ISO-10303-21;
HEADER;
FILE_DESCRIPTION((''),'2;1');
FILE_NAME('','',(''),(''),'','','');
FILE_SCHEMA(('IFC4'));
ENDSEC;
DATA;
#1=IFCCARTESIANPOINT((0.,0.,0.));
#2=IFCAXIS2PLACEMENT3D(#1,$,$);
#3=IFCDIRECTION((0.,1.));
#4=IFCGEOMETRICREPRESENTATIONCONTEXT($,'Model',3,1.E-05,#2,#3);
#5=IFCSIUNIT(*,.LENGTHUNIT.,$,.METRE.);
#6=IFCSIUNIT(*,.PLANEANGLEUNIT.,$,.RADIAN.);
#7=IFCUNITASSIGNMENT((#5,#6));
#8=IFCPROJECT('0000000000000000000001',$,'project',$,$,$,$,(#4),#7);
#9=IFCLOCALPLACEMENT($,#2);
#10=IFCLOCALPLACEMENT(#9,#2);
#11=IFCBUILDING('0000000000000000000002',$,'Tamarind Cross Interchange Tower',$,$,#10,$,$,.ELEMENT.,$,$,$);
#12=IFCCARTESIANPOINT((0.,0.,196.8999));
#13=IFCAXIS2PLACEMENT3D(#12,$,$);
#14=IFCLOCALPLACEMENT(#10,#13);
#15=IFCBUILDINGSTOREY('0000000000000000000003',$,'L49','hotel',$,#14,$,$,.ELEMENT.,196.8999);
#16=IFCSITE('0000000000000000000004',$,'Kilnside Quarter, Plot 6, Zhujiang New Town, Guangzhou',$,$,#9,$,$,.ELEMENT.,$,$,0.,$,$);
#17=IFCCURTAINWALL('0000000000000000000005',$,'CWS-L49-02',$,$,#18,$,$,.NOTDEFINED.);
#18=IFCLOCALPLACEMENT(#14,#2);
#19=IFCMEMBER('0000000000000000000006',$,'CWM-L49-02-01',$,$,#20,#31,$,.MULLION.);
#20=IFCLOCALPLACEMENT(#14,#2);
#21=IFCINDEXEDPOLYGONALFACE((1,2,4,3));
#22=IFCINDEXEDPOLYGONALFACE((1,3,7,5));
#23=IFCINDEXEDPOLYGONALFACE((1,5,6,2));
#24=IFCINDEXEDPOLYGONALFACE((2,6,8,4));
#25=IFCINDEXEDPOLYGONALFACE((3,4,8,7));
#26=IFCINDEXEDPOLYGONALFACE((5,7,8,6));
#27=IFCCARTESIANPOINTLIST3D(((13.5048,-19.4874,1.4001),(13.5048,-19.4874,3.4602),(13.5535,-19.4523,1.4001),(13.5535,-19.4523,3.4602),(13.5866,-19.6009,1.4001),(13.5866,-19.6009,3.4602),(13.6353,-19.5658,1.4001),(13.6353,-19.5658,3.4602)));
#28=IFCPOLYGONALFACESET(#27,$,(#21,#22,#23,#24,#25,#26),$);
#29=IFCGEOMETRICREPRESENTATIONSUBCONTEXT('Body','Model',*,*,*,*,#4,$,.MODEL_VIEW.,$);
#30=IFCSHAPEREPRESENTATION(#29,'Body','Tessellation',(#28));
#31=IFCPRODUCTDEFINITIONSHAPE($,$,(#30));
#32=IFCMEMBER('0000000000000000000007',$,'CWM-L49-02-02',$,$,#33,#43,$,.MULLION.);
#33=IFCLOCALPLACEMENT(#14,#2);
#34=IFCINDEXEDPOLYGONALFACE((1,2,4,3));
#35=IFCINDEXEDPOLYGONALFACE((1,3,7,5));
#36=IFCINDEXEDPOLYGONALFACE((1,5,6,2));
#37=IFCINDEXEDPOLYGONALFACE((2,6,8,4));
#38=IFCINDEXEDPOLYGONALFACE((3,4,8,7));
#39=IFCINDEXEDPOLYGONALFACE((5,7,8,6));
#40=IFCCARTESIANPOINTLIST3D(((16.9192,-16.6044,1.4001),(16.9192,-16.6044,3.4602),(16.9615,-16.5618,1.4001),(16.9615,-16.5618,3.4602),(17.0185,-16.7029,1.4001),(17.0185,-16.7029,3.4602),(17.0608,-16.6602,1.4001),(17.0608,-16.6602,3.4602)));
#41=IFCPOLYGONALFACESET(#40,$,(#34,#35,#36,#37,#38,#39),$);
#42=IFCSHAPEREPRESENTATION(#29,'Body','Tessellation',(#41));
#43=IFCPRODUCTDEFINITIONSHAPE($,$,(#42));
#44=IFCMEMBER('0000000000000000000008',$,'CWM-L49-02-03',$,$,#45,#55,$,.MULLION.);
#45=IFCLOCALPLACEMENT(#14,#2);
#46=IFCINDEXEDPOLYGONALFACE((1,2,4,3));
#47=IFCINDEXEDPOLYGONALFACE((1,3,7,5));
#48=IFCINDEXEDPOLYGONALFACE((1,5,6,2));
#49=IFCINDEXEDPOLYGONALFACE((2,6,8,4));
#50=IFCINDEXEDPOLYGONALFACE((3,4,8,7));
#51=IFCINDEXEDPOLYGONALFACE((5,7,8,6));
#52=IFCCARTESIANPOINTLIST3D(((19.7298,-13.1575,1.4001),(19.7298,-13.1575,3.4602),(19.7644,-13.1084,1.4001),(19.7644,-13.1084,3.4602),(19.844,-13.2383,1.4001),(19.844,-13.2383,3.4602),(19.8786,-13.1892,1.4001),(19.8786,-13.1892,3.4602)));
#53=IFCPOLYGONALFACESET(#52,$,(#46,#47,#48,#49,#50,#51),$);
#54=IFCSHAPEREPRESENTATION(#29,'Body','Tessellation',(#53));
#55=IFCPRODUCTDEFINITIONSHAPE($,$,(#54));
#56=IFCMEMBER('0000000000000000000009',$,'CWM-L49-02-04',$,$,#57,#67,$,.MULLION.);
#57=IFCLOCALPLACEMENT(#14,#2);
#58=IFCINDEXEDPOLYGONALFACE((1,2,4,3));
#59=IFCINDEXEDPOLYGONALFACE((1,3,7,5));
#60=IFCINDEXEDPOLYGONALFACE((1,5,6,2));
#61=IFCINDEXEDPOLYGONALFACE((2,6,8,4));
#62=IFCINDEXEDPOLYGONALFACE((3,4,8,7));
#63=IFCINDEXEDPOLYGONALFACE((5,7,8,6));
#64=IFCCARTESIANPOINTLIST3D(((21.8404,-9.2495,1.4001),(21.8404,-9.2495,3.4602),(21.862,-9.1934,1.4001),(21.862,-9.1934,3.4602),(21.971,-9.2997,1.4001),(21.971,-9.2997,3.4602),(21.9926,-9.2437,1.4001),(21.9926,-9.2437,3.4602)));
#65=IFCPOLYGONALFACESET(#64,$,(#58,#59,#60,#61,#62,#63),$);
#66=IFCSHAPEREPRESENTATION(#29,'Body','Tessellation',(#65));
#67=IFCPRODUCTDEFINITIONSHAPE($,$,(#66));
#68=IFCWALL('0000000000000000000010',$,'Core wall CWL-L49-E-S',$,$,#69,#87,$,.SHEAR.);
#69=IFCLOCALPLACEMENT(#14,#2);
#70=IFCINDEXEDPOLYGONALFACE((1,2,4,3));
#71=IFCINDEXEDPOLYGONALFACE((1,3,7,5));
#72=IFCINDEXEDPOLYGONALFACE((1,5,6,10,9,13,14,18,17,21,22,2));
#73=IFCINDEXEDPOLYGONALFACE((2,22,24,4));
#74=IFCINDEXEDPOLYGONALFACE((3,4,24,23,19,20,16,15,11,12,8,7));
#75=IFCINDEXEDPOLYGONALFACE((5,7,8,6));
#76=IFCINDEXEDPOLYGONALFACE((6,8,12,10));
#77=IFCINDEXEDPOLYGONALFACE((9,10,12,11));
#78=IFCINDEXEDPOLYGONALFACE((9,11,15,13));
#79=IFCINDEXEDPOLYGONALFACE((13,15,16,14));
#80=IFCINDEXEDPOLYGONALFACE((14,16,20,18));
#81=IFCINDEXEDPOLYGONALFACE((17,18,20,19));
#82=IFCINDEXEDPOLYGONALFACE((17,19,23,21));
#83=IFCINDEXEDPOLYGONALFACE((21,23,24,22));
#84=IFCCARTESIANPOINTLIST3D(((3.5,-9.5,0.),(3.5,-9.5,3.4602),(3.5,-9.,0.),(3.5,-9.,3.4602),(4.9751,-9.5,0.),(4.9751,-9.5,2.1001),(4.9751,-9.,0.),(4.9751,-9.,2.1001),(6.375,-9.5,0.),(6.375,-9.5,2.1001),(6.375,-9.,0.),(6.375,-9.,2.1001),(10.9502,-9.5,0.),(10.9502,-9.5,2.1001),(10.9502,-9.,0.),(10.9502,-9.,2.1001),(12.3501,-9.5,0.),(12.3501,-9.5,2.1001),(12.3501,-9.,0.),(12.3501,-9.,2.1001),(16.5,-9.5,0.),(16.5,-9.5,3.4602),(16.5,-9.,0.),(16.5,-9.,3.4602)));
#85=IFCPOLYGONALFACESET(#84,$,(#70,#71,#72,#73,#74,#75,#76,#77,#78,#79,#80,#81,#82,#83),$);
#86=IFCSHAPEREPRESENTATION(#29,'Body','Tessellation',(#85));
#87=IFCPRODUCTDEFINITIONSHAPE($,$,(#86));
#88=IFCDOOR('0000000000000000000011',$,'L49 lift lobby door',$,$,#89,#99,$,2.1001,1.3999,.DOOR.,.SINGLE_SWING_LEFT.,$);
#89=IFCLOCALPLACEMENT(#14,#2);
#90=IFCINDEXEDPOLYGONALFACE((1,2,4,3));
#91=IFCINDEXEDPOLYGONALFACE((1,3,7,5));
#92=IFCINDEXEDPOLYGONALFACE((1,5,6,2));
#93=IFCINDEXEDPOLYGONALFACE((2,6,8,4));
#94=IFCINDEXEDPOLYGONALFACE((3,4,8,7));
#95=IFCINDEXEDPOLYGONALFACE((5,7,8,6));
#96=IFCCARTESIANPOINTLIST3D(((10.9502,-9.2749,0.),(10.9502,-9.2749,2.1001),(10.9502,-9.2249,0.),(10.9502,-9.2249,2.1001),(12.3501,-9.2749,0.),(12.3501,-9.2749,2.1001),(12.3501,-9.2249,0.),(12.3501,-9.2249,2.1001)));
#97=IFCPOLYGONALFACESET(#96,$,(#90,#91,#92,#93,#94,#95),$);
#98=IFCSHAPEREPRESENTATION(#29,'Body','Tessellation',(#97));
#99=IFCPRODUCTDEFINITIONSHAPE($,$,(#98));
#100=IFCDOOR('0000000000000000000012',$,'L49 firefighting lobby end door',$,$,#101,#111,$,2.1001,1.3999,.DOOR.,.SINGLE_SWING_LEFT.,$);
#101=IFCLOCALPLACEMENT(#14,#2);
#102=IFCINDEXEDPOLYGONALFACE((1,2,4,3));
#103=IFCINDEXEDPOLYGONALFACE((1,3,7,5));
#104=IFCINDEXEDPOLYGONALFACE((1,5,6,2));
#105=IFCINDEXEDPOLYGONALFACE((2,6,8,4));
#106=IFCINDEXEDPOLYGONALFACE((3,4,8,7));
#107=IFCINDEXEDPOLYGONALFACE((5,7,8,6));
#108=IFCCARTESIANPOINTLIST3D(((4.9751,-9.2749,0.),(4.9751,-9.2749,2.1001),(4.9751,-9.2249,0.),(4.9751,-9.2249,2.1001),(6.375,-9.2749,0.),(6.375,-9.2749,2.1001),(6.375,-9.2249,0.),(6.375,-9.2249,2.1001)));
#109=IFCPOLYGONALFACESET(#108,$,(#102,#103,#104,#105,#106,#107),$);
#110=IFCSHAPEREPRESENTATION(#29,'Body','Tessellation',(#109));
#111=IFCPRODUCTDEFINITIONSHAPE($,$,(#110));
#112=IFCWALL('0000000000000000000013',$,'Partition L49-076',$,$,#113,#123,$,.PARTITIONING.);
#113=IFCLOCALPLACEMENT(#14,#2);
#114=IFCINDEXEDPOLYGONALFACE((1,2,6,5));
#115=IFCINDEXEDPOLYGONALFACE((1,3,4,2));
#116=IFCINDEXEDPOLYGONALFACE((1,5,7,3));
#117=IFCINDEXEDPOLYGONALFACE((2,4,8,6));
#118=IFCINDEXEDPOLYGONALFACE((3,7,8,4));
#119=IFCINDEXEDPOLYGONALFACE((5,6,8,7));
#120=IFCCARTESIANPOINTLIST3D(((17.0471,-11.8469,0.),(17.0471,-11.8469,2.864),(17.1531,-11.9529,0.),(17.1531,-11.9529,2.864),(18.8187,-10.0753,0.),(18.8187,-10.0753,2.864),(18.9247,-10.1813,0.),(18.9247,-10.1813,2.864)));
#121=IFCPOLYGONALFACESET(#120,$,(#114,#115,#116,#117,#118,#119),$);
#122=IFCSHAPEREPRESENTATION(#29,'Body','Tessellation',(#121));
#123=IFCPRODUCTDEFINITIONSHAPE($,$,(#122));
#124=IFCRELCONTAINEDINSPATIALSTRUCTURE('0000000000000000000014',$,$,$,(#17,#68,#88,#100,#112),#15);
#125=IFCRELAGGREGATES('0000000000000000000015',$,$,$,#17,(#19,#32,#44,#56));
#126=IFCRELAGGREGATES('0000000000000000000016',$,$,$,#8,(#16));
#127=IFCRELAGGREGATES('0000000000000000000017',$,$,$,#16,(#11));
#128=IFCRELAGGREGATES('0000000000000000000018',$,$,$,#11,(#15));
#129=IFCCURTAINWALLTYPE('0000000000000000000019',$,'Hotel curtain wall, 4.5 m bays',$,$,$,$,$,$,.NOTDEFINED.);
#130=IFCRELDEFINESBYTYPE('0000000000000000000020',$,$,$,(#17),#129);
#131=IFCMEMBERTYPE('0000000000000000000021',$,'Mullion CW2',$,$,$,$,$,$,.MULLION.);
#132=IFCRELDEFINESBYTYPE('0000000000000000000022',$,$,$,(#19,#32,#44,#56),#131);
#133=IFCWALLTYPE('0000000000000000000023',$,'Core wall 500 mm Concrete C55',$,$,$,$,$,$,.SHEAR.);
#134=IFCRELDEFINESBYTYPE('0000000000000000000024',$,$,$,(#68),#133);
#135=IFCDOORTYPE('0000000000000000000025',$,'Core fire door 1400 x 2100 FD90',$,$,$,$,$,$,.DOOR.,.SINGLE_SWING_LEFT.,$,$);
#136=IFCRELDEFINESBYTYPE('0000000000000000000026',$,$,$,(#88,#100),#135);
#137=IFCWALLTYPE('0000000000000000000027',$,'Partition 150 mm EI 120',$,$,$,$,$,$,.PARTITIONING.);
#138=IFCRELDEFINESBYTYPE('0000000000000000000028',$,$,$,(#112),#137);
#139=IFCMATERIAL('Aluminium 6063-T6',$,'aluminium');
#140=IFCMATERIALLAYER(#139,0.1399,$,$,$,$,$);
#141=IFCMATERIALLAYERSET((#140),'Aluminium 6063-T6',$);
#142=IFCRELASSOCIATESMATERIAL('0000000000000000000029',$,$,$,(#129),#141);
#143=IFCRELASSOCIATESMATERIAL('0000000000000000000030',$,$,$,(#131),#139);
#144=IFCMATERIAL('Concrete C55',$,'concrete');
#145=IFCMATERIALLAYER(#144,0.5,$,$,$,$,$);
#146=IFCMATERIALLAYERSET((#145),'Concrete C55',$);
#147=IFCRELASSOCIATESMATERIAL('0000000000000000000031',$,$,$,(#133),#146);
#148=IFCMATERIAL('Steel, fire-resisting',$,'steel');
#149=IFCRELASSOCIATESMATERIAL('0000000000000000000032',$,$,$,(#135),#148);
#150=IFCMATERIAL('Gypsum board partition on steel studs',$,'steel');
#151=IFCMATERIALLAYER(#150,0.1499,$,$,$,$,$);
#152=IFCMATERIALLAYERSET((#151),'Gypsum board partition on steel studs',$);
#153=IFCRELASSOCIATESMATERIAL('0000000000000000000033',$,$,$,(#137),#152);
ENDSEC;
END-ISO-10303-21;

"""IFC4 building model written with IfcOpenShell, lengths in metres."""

from ifc_helpers import new_model, si_unit, direction, frame, frame_2d, origin, origin_2d, place, context, subcontext, project, spatial, rectangle, extrude, material, layer, layer_set, material_profile, profile_set, type_object, element, fill, aggregate, save


model = new_model("IFC4")

# Units and contexts
model_context = context("Model", 3, precision=1e-05, world=origin(), true_north=direction((0.0, 1.0)))
body_context = subcontext(model_context, "Body", "Model", "MODEL_VIEW")
ifc_project = project(units=[si_unit("LENGTHUNIT", "METRE"), si_unit("PLANEANGLEUNIT", "RADIAN")], contexts=[model_context])

# Site, building, storey
site_placement = place(None, origin())
site = spatial("IfcSite", under=ifc_project, at=site_placement, Name="Kilnside Quarter, Plot 6, Zhujiang New Town, Guangzhou", CompositionType="ELEMENT", RefElevation=0.0)
building_placement = place(site_placement, origin())
building = spatial("IfcBuilding", under=site, at=building_placement, Name="Tamarind Cross Interchange Tower", CompositionType="ELEMENT")
storey_placement = place(building_placement, frame((0.0, 0.0, 196.8999)))
storey = spatial("IfcBuildingStorey", under=building, at=storey_placement, Name="L49", Description="hotel", CompositionType="ELEMENT", Elevation=196.8999)

# Shared definitions
ifc_material_1 = material(Name="Concrete C55", Category="concrete")

# Curtain wall, members
ifc_material_2 = material(Name="Aluminium 6063-T6", Category="aluminium")
ifc_layer_1 = layer(ifc_material_2, 0.1399)
ifc_layer_set_1 = layer_set([ifc_layer_1], Name="Aluminium 6063-T6")
curtain_wall_type = type_object("IfcCurtainWallType", Name="Hotel curtain wall, 4.5 m bays", PredefinedType="NOTDEFINED", material=ifc_layer_set_1)
curtain_wall_placement = place(storey_placement, origin())
curtain_wall = element("IfcCurtainWall", 1, at=curtain_wall_placement, inside=storey, type_object=curtain_wall_type, Name="CWS-L49-02", PredefinedType="NOTDEFINED")
ifc_material_profile_1 = material_profile(ifc_material_2, rectangle(XDim=0.0601, YDim=0.1399, at=origin_2d()), Name="Mullion CW2")
ifc_profile_set_1 = profile_set([ifc_material_profile_1], Name="Aluminium 6063-T6")
member_type = type_object("IfcMemberType", Name="Mullion CW2", PredefinedType="MULLION", material=ifc_profile_set_1)
member_1_placement = place(storey_placement, frame((13.5701, -19.5266, 1.4001), z_axis=(0.0, 0.0, 1.0), x_axis=(0.811294, 0.584638, 0.0)))
member_1 = element("IfcMember", 2, at=member_1_placement, type_object=member_type, Name="CWM-L49-02-01", PredefinedType="MULLION", context=body_context, shape_type="SweptSolid", body=[
    extrude(rectangle(XDim=0.0601, YDim=0.1399, at=origin_2d()), origin(), (0.0, 0.0, 1.0), 2.0601),
])
member_2_placement = place(storey_placement, frame((16.99, -16.6323, 1.4001), z_axis=(0.0, 0.0, 1.0), x_axis=(0.704057, 0.710143, 0.0)))
member_2 = element("IfcMember", 3, at=member_2_placement, type_object=member_type, Name="CWM-L49-02-02", PredefinedType="MULLION", context=body_context, shape_type="SweptSolid", body=[
    extrude(rectangle(XDim=0.0601, YDim=0.1399, at=origin_2d()), origin(), (0.0, 0.0, 1.0), 2.0601),
])
member_3_placement = place(storey_placement, frame((19.8042, -13.1733, 1.4001), z_axis=(0.0, 0.0, 1.0), x_axis=(0.577569, 0.816342, 0.0)))
member_3 = element("IfcMember", 4, at=member_3_placement, type_object=member_type, Name="CWM-L49-02-03", PredefinedType="MULLION", context=body_context, shape_type="SweptSolid", body=[
    extrude(rectangle(XDim=0.0601, YDim=0.1399, at=origin_2d()), origin(), (0.0, 0.0, 1.0), 2.0601),
])
member_4_placement = place(storey_placement, frame((21.9165, -9.2466, 1.4001), z_axis=(0.0, 0.0, 1.0), x_axis=(0.359495, 0.933147, 0.0)))
member_4 = element("IfcMember", 5, at=member_4_placement, type_object=member_type, Name="CWM-L49-02-04", PredefinedType="MULLION", context=body_context, shape_type="SweptSolid", body=[
    extrude(rectangle(XDim=0.0601, YDim=0.1399, at=origin_2d()), origin(), (0.0, 0.0, 1.0), 2.0601),
])
aggregate(curtain_wall, [member_1, member_2, member_3, member_4])

# Wall, openings, doors
ifc_layer_2 = layer(ifc_material_1, 0.5)
ifc_layer_set_2 = layer_set([ifc_layer_2], Name="Concrete C55")
wall_type_1 = type_object("IfcWallType", Name="Core wall 500 mm Concrete C55", PredefinedType="SHEAR", material=ifc_layer_set_2)
wall_1_placement = place(storey_placement, frame((16.5, -9.25, 0.0), z_axis=(0.0, 0.0, 1.0), x_axis=(-1.0, 0.0, 0.0)))
wall_1 = element("IfcWall", 6, at=wall_1_placement, inside=storey, type_object=wall_type_1, Name="Core wall CWL-L49-E-S", PredefinedType="SHEAR", context=body_context, shape_type="SweptSolid", body=[
    extrude(rectangle(XDim=13.0, YDim=0.5, at=frame_2d((6.5, 0.0))), origin(), (0.0, 0.0, 1.0), 3.4602),
])
opening_1_placement = place(wall_1_placement, frame((4.1499, 0.0, 0.0)))
opening_1 = element("IfcOpeningElement", 7, at=opening_1_placement, cuts=wall_1, PredefinedType="OPENING", context=body_context, shape_type="SweptSolid", body=[
    extrude(rectangle(XDim=1.3999, YDim=2.1001, at=frame_2d((0.7, 1.05))), frame((0.0, 0.26, 0.0), z_axis=(0.0, -1.0, 0.0), x_axis=(1.0, 0.0, 0.0)), (0.0, 0.0, 1.0), 0.52),
])
opening_2_placement = place(wall_1_placement, frame((10.125, 0.0, 0.0)))
opening_2 = element("IfcOpeningElement", 8, at=opening_2_placement, cuts=wall_1, PredefinedType="OPENING", context=body_context, shape_type="SweptSolid", body=[
    extrude(rectangle(XDim=1.3999, YDim=2.1001, at=frame_2d((0.7, 1.05))), frame((0.0, 0.26, 0.0), z_axis=(0.0, -1.0, 0.0), x_axis=(1.0, 0.0, 0.0)), (0.0, 0.0, 1.0), 0.52),
])
ifc_material_3 = material(Name="Steel, fire-resisting", Category="steel")
door_type_1 = type_object("IfcDoorType", Name="Core fire door 1400 x 2100 FD90", OperationType="SINGLE_SWING_LEFT", PredefinedType="DOOR", material=ifc_material_3)
door_1_placement = place(opening_1_placement, origin())
door_1 = element("IfcDoor", 9, at=door_1_placement, inside=storey, type_object=door_type_1, Name="L49 lift lobby door", OperationType="SINGLE_SWING_LEFT", OverallHeight=2.1001, OverallWidth=1.3999, PredefinedType="DOOR", context=body_context, shape_type="SweptSolid", body=[
    extrude(rectangle(XDim=1.3999, YDim=2.1001, at=frame_2d((0.7, 1.05))), frame((0.0, 0.0249, 0.0), z_axis=(0.0, -1.0, 0.0), x_axis=(1.0, 0.0, 0.0)), (0.0, 0.0, 1.0), 0.05),
])
fill(opening_1, door_1)
door_2_placement = place(opening_2_placement, origin())
door_2 = element("IfcDoor", 10, at=door_2_placement, inside=storey, type_object=door_type_1, Name="L49 firefighting lobby end door", OperationType="SINGLE_SWING_LEFT", OverallHeight=2.1001, OverallWidth=1.3999, PredefinedType="DOOR", context=body_context, shape_type="SweptSolid", body=[
    extrude(rectangle(XDim=1.3999, YDim=2.1001, at=frame_2d((0.7, 1.05))), frame((0.0, 0.0249, 0.0), z_axis=(0.0, -1.0, 0.0), x_axis=(1.0, 0.0, 0.0)), (0.0, 0.0, 1.0), 0.05),
])
fill(opening_2, door_2)

# Wall
ifc_material_4 = material(Name="Gypsum board partition on steel studs", Category="steel")
ifc_layer_3 = layer(ifc_material_4, 0.1499)
ifc_layer_set_3 = layer_set([ifc_layer_3], Name="Gypsum board partition on steel studs")
wall_type_2 = type_object("IfcWallType", Name="Partition 150 mm EI 120", PredefinedType="PARTITIONING", material=ifc_layer_set_3)
wall_2_placement = place(storey_placement, frame((17.1001, -11.8999, 0.0), z_axis=(0.0, 0.0, 1.0), x_axis=(0.707107, 0.707107, 0.0)))
element("IfcWall", 11, at=wall_2_placement, inside=storey, type_object=wall_type_2, Name="Partition L49-076", PredefinedType="PARTITIONING", context=body_context, shape_type="SweptSolid", body=[
    extrude(rectangle(XDim=2.5054, YDim=0.1499, at=frame_2d((1.2527, 0.0))), origin(), (0.0, 0.0, 1.0), 2.864),
])

save(model, "model.ifc")
